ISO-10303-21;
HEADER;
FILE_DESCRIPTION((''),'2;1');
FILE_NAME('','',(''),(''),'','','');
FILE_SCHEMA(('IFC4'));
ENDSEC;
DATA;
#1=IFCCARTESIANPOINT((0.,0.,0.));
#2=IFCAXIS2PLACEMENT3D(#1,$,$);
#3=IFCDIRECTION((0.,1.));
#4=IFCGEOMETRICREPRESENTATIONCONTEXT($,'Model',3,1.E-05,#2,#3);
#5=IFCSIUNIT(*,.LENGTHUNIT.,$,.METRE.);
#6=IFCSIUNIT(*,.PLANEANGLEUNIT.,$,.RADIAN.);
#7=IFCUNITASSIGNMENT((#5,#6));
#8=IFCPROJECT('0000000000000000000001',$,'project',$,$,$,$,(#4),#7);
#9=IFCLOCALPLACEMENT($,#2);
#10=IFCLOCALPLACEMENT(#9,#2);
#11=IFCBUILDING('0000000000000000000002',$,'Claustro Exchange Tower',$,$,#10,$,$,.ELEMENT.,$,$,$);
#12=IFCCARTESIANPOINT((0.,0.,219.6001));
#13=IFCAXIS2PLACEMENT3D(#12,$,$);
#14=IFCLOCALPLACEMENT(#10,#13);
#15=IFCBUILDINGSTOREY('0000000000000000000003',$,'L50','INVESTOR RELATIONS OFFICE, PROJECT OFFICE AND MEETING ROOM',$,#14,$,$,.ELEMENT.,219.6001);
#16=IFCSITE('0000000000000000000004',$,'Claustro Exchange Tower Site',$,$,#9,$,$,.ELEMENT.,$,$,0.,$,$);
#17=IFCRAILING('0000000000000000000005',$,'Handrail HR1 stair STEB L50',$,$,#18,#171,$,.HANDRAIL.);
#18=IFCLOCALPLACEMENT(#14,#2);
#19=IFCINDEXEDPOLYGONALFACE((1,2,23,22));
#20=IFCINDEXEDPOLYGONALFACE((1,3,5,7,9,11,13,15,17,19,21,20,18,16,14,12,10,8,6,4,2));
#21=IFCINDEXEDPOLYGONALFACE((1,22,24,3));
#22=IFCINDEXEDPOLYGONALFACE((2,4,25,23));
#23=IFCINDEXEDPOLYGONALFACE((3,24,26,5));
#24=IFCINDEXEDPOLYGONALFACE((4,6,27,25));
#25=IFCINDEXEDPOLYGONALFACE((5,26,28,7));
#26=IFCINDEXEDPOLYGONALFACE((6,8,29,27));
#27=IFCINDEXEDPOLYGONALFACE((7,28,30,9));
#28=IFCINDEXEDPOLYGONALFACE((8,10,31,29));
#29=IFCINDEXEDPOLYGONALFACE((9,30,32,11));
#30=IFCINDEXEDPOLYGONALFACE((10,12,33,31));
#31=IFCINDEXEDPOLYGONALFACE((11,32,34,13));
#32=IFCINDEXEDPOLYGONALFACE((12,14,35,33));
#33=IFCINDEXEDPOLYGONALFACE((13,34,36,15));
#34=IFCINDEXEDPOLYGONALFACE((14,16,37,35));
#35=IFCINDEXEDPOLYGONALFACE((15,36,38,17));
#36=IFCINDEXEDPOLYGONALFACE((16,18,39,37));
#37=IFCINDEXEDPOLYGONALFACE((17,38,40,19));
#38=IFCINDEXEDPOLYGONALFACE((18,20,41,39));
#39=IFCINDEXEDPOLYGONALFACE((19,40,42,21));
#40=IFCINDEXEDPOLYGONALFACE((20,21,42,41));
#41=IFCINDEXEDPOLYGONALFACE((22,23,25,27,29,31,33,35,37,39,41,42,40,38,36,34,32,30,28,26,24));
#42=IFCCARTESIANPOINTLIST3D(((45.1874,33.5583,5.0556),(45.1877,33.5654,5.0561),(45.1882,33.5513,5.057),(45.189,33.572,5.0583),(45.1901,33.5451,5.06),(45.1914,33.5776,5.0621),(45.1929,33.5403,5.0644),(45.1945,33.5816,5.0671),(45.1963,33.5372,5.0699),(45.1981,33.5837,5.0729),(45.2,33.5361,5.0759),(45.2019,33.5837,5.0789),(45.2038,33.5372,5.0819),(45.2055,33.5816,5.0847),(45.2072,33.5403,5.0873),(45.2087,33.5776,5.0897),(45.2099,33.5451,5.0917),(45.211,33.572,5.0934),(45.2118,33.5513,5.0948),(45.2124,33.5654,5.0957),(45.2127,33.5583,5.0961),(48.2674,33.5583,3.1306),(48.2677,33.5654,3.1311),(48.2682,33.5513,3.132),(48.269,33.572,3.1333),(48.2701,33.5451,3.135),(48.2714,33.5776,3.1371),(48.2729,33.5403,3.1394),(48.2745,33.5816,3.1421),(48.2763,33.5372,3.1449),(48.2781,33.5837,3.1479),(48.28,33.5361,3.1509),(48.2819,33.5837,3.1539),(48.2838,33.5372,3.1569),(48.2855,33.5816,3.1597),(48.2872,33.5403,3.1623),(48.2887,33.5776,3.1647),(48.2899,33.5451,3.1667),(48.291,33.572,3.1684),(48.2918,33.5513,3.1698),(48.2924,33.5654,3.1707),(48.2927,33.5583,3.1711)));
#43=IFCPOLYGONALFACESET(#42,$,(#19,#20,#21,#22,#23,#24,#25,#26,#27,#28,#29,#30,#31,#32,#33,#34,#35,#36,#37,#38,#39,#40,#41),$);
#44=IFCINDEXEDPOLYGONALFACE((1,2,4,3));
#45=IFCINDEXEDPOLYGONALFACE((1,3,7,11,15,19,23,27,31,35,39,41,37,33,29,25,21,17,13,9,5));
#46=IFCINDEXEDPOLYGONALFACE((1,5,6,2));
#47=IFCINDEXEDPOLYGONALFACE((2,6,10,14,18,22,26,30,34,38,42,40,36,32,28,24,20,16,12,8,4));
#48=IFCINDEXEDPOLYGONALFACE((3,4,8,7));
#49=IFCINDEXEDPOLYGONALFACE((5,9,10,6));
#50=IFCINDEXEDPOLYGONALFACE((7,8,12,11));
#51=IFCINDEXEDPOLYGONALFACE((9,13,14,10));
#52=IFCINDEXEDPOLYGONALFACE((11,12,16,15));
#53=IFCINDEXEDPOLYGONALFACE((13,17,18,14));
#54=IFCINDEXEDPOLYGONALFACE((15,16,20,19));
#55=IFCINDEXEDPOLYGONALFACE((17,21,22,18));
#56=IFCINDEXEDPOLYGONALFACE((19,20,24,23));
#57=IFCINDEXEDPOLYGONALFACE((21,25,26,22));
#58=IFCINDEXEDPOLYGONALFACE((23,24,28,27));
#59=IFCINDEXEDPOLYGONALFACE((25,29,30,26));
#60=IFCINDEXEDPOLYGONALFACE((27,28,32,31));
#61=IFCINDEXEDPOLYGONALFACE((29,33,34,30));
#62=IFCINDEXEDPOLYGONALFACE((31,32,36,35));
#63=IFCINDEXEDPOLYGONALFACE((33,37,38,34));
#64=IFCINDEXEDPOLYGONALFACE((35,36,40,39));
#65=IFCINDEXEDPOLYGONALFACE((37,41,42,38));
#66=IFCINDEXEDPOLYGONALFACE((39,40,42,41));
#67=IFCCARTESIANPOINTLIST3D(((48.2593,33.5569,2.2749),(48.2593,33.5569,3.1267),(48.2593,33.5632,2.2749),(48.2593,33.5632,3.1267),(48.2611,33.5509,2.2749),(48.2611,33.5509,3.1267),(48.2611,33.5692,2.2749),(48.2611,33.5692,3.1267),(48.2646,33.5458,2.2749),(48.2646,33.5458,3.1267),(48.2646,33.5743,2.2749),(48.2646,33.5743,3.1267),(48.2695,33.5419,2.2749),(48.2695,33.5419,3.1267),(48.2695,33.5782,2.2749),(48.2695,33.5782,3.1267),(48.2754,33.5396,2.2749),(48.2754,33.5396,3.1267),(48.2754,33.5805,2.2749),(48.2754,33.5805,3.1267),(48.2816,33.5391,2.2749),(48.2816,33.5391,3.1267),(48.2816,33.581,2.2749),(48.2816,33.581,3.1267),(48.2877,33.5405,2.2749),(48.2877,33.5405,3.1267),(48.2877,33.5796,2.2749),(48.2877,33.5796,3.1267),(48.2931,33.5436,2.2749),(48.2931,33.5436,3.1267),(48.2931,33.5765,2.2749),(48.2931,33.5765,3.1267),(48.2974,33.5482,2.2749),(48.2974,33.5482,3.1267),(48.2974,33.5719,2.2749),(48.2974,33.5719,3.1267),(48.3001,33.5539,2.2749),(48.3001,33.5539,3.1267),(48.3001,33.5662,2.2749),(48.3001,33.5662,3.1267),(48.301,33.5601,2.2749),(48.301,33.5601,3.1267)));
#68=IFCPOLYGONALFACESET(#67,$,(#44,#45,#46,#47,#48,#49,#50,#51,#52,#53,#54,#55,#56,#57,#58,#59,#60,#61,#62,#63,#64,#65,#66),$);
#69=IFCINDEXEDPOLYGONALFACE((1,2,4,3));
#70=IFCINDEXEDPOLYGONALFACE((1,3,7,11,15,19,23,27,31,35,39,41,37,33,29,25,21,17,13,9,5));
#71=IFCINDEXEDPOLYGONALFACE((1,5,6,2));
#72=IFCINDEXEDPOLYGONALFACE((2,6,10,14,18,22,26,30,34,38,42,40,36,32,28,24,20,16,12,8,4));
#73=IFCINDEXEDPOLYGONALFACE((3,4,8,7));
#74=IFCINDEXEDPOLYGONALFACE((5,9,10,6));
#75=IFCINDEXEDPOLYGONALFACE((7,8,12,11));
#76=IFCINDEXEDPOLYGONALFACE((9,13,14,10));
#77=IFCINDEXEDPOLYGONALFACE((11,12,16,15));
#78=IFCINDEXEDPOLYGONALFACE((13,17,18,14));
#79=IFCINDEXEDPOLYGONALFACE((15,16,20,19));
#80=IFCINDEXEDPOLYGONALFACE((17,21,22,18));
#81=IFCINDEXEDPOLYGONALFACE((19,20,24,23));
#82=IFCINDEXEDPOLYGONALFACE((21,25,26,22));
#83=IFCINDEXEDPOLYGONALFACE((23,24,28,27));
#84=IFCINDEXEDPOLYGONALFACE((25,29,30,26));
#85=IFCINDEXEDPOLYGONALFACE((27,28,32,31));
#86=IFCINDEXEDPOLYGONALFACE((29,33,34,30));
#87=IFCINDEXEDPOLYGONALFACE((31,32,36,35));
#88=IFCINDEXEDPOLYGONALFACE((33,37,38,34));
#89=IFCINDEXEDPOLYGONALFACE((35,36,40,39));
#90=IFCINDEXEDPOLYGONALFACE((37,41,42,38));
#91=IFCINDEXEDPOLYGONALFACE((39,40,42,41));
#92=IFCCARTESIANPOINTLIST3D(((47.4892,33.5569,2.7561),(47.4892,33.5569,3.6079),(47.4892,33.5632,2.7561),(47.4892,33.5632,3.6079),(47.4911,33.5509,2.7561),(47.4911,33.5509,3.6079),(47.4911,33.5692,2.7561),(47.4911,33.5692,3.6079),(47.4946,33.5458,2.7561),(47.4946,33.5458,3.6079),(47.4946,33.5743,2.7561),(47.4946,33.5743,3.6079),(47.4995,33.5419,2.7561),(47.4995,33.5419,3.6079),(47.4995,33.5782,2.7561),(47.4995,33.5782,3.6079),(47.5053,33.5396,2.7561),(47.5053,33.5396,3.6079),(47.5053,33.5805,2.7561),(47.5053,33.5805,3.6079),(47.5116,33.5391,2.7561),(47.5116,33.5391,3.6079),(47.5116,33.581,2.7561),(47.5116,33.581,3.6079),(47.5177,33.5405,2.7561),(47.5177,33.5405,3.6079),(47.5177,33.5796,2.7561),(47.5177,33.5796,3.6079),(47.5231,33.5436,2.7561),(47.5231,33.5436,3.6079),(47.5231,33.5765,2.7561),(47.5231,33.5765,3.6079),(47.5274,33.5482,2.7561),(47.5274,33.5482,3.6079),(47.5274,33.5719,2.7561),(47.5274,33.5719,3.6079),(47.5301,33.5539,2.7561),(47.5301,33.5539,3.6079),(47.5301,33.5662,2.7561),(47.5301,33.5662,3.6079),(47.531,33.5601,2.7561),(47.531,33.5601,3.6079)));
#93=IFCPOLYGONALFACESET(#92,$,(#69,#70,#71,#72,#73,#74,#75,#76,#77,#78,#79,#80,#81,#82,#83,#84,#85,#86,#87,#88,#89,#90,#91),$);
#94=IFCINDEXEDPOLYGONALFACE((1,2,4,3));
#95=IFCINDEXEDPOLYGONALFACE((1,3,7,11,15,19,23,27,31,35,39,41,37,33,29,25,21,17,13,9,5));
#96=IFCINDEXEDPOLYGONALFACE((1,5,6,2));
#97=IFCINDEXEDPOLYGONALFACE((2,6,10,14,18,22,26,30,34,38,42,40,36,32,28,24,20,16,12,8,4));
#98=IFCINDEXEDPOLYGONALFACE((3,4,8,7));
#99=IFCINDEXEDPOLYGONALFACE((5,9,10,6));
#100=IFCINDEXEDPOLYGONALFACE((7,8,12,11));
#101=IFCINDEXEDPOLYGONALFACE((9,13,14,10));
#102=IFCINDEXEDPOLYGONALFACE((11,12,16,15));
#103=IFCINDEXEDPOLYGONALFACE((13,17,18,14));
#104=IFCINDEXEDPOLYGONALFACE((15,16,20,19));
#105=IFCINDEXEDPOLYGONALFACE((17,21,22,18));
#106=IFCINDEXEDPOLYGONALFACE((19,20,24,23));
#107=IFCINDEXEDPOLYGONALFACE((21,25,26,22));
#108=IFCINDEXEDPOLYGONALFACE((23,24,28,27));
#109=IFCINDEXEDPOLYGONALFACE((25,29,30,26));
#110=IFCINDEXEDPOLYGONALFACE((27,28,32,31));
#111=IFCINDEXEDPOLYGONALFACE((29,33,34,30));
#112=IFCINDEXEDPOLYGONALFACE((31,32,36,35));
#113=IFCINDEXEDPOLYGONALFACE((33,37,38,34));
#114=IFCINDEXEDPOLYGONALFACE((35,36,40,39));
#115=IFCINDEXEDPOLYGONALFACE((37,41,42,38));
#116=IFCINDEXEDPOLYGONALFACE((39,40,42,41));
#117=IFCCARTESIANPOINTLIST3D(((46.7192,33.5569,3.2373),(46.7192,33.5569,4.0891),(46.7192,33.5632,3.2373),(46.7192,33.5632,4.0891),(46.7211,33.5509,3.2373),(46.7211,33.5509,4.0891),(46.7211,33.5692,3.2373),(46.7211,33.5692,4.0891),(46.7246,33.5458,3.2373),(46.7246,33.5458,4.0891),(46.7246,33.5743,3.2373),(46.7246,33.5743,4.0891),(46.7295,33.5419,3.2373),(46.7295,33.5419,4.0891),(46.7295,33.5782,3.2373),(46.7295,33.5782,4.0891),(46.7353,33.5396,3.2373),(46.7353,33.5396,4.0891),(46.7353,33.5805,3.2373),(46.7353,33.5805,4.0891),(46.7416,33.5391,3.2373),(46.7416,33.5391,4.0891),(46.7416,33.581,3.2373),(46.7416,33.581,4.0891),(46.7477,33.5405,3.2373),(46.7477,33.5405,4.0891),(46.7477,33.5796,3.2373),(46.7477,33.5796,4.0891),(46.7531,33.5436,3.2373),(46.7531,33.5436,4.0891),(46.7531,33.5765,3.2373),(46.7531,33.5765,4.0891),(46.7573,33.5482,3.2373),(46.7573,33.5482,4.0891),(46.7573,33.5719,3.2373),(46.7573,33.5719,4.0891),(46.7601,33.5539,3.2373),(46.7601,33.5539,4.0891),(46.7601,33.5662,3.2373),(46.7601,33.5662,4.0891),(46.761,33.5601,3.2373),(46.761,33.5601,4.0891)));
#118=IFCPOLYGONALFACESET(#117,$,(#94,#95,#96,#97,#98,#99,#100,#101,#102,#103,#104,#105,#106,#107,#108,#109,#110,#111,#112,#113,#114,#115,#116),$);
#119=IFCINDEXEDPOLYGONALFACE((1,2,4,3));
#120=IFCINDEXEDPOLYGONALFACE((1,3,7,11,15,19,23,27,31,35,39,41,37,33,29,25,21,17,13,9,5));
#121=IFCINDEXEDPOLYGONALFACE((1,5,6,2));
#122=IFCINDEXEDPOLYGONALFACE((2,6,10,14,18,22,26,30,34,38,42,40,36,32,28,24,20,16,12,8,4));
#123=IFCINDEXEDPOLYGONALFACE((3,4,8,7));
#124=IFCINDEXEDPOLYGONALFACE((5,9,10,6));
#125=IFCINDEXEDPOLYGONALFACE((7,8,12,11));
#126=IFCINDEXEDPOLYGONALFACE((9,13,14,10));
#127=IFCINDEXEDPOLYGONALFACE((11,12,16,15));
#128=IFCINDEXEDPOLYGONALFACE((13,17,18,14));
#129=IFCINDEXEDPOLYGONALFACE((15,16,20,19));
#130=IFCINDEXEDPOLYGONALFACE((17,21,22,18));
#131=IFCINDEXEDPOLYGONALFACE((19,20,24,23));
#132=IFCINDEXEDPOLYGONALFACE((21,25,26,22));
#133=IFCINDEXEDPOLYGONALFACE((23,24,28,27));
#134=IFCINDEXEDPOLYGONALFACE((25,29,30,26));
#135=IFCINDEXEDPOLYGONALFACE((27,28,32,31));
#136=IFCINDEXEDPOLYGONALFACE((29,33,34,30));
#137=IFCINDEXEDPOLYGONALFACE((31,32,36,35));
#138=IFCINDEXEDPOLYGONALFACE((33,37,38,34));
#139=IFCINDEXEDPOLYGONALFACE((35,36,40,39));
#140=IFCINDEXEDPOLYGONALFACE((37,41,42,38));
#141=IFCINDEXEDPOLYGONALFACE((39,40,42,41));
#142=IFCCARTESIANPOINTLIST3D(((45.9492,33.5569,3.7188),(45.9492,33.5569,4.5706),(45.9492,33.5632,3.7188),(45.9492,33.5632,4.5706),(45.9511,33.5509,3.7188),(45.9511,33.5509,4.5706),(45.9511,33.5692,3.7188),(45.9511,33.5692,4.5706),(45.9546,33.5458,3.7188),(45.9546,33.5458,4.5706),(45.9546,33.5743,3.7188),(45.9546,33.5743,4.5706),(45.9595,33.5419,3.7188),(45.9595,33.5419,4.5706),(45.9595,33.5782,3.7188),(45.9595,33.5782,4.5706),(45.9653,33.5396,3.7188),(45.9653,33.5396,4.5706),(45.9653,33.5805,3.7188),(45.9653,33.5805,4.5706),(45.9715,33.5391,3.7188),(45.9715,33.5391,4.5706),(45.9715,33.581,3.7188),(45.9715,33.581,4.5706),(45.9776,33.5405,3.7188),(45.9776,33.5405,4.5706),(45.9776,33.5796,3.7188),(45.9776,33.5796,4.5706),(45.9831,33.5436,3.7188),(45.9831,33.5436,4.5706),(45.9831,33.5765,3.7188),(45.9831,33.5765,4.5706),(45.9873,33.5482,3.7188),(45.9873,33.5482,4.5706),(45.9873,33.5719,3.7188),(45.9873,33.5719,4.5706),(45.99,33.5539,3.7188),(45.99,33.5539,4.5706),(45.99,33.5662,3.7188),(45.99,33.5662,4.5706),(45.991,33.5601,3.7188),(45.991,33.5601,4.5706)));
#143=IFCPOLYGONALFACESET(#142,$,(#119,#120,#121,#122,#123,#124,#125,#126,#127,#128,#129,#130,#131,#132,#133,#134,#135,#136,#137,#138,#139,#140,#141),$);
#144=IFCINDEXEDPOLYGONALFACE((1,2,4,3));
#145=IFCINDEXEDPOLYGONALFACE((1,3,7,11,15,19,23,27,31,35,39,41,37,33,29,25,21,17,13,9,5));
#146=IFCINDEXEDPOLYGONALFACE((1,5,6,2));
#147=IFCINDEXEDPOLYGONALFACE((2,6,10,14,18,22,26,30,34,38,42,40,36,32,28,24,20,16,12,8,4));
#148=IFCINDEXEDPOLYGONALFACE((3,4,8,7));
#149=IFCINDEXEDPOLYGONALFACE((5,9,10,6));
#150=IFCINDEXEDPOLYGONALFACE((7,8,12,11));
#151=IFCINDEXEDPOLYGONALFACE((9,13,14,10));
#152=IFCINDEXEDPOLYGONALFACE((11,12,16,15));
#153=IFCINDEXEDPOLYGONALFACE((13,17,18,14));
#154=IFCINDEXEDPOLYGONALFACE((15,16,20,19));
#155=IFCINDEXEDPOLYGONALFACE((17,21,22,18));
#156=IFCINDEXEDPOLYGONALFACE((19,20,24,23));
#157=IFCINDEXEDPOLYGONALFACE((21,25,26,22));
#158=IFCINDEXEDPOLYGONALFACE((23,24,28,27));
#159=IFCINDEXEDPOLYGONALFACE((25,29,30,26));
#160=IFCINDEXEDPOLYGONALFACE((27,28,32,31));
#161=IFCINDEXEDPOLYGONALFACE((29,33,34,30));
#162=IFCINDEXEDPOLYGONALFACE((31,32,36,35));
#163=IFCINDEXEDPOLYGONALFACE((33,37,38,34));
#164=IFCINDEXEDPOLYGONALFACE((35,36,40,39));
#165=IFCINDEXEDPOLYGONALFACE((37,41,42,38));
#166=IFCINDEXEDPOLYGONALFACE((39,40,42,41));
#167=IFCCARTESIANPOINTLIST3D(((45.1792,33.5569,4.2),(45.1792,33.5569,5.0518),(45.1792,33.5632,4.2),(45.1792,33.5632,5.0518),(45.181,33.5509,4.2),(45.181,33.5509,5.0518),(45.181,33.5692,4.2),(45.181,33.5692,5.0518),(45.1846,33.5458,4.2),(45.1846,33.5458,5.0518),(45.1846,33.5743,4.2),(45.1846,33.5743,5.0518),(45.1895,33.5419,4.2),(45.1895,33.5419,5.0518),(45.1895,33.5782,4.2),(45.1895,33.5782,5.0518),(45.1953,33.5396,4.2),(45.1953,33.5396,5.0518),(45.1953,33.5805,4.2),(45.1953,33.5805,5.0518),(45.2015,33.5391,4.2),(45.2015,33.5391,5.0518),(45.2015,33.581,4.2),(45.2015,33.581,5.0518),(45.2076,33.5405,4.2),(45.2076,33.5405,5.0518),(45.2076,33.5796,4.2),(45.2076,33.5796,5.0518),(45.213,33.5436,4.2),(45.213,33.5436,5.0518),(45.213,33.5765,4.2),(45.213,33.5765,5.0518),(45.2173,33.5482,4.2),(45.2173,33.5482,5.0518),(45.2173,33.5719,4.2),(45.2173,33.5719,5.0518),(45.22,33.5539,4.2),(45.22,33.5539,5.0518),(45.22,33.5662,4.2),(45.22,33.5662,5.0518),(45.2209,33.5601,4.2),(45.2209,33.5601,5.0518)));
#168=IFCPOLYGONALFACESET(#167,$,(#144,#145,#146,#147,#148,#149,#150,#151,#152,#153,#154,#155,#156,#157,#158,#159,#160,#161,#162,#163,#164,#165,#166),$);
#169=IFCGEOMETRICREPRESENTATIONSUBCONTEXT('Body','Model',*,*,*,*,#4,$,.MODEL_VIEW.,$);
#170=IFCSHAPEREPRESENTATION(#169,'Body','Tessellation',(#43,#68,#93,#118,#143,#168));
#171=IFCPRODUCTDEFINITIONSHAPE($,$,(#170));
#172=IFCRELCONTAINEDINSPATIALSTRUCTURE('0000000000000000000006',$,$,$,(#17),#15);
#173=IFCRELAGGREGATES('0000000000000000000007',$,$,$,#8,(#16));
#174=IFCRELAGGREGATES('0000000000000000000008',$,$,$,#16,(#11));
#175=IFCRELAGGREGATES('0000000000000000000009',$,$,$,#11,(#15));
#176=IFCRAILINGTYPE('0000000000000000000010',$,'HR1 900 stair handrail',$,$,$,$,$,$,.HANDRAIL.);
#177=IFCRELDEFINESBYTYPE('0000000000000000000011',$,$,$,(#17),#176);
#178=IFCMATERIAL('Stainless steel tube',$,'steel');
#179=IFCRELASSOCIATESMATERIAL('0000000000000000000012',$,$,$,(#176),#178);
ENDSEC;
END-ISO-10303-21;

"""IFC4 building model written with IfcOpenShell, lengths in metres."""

from ifc_helpers import new_model, si_unit, direction, frame, origin, origin_2d, place, context, subcontext, project, spatial, circle, extrude, material, type_object, element, save


model = new_model("IFC4")

# Units and contexts
model_context = context("Model", 3, precision=1e-05, world=origin(), true_north=direction((0.0, 1.0)))
body_context = subcontext(model_context, "Body", "Model", "MODEL_VIEW")
ifc_project = project(units=[si_unit("LENGTHUNIT", "METRE"), si_unit("PLANEANGLEUNIT", "RADIAN")], contexts=[model_context])

# Site, building, storey
site_placement = place(None, origin())
site = spatial("IfcSite", under=ifc_project, at=site_placement, Name="Claustro Exchange Tower Site", CompositionType="ELEMENT", RefElevation=0.0)
building_placement = place(site_placement, origin())
building = spatial("IfcBuilding", under=site, at=building_placement, Name="Claustro Exchange Tower", CompositionType="ELEMENT")
storey_placement = place(building_placement, frame((0.0, 0.0, 219.6001)))
storey = spatial("IfcBuildingStorey", under=building, at=storey_placement, Name="L50", Description="INVESTOR RELATIONS OFFICE, PROJECT OFFICE AND MEETING ROOM", CompositionType="ELEMENT", Elevation=219.6001)

# Railing
ifc_material_1 = material(Name="Stainless steel tube", Category="steel")
railing_type_1 = type_object("IfcRailingType", Name="HR1 900 stair handrail", PredefinedType="HANDRAIL", material=ifc_material_1)
railing_1_placement = place(storey_placement, frame((48.28, 33.5601, 2.2749)))
element("IfcRailing", 1, at=railing_1_placement, inside=storey, type_object=railing_type_1, Name="Handrail HR1 stair STEB L50", PredefinedType="HANDRAIL", context=body_context, shape_type="SweptSolid", body=[
    extrude(circle(Radius=0.0239, at=origin_2d()), frame((0.0, 0.0, 0.876), z_axis=(-0.847998, 0.0, 0.529999), x_axis=(0.0, -1.0, 0.0)), (0.0, 0.0, 1.0), 3.6321),
    extrude(circle(Radius=0.021, at=origin_2d()), origin(), (0.0, 0.0, 1.0), 0.8518),
    extrude(circle(Radius=0.021, at=origin_2d()), frame((-0.77, 0.0, 0.4812)), (0.0, 0.0, 1.0), 0.8518),
    extrude(circle(Radius=0.021, at=origin_2d()), frame((-1.54, 0.0, 0.9624)), (0.0, 0.0, 1.0), 0.8518),
    extrude(circle(Radius=0.021, at=origin_2d()), frame((-2.3101, 0.0, 1.4438)), (0.0, 0.0, 1.0), 0.8518),
    extrude(circle(Radius=0.021, at=origin_2d()), frame((-3.0801, 0.0, 1.925)), (0.0, 0.0, 1.0), 0.8518),
])

save(model, "model.ifc")
